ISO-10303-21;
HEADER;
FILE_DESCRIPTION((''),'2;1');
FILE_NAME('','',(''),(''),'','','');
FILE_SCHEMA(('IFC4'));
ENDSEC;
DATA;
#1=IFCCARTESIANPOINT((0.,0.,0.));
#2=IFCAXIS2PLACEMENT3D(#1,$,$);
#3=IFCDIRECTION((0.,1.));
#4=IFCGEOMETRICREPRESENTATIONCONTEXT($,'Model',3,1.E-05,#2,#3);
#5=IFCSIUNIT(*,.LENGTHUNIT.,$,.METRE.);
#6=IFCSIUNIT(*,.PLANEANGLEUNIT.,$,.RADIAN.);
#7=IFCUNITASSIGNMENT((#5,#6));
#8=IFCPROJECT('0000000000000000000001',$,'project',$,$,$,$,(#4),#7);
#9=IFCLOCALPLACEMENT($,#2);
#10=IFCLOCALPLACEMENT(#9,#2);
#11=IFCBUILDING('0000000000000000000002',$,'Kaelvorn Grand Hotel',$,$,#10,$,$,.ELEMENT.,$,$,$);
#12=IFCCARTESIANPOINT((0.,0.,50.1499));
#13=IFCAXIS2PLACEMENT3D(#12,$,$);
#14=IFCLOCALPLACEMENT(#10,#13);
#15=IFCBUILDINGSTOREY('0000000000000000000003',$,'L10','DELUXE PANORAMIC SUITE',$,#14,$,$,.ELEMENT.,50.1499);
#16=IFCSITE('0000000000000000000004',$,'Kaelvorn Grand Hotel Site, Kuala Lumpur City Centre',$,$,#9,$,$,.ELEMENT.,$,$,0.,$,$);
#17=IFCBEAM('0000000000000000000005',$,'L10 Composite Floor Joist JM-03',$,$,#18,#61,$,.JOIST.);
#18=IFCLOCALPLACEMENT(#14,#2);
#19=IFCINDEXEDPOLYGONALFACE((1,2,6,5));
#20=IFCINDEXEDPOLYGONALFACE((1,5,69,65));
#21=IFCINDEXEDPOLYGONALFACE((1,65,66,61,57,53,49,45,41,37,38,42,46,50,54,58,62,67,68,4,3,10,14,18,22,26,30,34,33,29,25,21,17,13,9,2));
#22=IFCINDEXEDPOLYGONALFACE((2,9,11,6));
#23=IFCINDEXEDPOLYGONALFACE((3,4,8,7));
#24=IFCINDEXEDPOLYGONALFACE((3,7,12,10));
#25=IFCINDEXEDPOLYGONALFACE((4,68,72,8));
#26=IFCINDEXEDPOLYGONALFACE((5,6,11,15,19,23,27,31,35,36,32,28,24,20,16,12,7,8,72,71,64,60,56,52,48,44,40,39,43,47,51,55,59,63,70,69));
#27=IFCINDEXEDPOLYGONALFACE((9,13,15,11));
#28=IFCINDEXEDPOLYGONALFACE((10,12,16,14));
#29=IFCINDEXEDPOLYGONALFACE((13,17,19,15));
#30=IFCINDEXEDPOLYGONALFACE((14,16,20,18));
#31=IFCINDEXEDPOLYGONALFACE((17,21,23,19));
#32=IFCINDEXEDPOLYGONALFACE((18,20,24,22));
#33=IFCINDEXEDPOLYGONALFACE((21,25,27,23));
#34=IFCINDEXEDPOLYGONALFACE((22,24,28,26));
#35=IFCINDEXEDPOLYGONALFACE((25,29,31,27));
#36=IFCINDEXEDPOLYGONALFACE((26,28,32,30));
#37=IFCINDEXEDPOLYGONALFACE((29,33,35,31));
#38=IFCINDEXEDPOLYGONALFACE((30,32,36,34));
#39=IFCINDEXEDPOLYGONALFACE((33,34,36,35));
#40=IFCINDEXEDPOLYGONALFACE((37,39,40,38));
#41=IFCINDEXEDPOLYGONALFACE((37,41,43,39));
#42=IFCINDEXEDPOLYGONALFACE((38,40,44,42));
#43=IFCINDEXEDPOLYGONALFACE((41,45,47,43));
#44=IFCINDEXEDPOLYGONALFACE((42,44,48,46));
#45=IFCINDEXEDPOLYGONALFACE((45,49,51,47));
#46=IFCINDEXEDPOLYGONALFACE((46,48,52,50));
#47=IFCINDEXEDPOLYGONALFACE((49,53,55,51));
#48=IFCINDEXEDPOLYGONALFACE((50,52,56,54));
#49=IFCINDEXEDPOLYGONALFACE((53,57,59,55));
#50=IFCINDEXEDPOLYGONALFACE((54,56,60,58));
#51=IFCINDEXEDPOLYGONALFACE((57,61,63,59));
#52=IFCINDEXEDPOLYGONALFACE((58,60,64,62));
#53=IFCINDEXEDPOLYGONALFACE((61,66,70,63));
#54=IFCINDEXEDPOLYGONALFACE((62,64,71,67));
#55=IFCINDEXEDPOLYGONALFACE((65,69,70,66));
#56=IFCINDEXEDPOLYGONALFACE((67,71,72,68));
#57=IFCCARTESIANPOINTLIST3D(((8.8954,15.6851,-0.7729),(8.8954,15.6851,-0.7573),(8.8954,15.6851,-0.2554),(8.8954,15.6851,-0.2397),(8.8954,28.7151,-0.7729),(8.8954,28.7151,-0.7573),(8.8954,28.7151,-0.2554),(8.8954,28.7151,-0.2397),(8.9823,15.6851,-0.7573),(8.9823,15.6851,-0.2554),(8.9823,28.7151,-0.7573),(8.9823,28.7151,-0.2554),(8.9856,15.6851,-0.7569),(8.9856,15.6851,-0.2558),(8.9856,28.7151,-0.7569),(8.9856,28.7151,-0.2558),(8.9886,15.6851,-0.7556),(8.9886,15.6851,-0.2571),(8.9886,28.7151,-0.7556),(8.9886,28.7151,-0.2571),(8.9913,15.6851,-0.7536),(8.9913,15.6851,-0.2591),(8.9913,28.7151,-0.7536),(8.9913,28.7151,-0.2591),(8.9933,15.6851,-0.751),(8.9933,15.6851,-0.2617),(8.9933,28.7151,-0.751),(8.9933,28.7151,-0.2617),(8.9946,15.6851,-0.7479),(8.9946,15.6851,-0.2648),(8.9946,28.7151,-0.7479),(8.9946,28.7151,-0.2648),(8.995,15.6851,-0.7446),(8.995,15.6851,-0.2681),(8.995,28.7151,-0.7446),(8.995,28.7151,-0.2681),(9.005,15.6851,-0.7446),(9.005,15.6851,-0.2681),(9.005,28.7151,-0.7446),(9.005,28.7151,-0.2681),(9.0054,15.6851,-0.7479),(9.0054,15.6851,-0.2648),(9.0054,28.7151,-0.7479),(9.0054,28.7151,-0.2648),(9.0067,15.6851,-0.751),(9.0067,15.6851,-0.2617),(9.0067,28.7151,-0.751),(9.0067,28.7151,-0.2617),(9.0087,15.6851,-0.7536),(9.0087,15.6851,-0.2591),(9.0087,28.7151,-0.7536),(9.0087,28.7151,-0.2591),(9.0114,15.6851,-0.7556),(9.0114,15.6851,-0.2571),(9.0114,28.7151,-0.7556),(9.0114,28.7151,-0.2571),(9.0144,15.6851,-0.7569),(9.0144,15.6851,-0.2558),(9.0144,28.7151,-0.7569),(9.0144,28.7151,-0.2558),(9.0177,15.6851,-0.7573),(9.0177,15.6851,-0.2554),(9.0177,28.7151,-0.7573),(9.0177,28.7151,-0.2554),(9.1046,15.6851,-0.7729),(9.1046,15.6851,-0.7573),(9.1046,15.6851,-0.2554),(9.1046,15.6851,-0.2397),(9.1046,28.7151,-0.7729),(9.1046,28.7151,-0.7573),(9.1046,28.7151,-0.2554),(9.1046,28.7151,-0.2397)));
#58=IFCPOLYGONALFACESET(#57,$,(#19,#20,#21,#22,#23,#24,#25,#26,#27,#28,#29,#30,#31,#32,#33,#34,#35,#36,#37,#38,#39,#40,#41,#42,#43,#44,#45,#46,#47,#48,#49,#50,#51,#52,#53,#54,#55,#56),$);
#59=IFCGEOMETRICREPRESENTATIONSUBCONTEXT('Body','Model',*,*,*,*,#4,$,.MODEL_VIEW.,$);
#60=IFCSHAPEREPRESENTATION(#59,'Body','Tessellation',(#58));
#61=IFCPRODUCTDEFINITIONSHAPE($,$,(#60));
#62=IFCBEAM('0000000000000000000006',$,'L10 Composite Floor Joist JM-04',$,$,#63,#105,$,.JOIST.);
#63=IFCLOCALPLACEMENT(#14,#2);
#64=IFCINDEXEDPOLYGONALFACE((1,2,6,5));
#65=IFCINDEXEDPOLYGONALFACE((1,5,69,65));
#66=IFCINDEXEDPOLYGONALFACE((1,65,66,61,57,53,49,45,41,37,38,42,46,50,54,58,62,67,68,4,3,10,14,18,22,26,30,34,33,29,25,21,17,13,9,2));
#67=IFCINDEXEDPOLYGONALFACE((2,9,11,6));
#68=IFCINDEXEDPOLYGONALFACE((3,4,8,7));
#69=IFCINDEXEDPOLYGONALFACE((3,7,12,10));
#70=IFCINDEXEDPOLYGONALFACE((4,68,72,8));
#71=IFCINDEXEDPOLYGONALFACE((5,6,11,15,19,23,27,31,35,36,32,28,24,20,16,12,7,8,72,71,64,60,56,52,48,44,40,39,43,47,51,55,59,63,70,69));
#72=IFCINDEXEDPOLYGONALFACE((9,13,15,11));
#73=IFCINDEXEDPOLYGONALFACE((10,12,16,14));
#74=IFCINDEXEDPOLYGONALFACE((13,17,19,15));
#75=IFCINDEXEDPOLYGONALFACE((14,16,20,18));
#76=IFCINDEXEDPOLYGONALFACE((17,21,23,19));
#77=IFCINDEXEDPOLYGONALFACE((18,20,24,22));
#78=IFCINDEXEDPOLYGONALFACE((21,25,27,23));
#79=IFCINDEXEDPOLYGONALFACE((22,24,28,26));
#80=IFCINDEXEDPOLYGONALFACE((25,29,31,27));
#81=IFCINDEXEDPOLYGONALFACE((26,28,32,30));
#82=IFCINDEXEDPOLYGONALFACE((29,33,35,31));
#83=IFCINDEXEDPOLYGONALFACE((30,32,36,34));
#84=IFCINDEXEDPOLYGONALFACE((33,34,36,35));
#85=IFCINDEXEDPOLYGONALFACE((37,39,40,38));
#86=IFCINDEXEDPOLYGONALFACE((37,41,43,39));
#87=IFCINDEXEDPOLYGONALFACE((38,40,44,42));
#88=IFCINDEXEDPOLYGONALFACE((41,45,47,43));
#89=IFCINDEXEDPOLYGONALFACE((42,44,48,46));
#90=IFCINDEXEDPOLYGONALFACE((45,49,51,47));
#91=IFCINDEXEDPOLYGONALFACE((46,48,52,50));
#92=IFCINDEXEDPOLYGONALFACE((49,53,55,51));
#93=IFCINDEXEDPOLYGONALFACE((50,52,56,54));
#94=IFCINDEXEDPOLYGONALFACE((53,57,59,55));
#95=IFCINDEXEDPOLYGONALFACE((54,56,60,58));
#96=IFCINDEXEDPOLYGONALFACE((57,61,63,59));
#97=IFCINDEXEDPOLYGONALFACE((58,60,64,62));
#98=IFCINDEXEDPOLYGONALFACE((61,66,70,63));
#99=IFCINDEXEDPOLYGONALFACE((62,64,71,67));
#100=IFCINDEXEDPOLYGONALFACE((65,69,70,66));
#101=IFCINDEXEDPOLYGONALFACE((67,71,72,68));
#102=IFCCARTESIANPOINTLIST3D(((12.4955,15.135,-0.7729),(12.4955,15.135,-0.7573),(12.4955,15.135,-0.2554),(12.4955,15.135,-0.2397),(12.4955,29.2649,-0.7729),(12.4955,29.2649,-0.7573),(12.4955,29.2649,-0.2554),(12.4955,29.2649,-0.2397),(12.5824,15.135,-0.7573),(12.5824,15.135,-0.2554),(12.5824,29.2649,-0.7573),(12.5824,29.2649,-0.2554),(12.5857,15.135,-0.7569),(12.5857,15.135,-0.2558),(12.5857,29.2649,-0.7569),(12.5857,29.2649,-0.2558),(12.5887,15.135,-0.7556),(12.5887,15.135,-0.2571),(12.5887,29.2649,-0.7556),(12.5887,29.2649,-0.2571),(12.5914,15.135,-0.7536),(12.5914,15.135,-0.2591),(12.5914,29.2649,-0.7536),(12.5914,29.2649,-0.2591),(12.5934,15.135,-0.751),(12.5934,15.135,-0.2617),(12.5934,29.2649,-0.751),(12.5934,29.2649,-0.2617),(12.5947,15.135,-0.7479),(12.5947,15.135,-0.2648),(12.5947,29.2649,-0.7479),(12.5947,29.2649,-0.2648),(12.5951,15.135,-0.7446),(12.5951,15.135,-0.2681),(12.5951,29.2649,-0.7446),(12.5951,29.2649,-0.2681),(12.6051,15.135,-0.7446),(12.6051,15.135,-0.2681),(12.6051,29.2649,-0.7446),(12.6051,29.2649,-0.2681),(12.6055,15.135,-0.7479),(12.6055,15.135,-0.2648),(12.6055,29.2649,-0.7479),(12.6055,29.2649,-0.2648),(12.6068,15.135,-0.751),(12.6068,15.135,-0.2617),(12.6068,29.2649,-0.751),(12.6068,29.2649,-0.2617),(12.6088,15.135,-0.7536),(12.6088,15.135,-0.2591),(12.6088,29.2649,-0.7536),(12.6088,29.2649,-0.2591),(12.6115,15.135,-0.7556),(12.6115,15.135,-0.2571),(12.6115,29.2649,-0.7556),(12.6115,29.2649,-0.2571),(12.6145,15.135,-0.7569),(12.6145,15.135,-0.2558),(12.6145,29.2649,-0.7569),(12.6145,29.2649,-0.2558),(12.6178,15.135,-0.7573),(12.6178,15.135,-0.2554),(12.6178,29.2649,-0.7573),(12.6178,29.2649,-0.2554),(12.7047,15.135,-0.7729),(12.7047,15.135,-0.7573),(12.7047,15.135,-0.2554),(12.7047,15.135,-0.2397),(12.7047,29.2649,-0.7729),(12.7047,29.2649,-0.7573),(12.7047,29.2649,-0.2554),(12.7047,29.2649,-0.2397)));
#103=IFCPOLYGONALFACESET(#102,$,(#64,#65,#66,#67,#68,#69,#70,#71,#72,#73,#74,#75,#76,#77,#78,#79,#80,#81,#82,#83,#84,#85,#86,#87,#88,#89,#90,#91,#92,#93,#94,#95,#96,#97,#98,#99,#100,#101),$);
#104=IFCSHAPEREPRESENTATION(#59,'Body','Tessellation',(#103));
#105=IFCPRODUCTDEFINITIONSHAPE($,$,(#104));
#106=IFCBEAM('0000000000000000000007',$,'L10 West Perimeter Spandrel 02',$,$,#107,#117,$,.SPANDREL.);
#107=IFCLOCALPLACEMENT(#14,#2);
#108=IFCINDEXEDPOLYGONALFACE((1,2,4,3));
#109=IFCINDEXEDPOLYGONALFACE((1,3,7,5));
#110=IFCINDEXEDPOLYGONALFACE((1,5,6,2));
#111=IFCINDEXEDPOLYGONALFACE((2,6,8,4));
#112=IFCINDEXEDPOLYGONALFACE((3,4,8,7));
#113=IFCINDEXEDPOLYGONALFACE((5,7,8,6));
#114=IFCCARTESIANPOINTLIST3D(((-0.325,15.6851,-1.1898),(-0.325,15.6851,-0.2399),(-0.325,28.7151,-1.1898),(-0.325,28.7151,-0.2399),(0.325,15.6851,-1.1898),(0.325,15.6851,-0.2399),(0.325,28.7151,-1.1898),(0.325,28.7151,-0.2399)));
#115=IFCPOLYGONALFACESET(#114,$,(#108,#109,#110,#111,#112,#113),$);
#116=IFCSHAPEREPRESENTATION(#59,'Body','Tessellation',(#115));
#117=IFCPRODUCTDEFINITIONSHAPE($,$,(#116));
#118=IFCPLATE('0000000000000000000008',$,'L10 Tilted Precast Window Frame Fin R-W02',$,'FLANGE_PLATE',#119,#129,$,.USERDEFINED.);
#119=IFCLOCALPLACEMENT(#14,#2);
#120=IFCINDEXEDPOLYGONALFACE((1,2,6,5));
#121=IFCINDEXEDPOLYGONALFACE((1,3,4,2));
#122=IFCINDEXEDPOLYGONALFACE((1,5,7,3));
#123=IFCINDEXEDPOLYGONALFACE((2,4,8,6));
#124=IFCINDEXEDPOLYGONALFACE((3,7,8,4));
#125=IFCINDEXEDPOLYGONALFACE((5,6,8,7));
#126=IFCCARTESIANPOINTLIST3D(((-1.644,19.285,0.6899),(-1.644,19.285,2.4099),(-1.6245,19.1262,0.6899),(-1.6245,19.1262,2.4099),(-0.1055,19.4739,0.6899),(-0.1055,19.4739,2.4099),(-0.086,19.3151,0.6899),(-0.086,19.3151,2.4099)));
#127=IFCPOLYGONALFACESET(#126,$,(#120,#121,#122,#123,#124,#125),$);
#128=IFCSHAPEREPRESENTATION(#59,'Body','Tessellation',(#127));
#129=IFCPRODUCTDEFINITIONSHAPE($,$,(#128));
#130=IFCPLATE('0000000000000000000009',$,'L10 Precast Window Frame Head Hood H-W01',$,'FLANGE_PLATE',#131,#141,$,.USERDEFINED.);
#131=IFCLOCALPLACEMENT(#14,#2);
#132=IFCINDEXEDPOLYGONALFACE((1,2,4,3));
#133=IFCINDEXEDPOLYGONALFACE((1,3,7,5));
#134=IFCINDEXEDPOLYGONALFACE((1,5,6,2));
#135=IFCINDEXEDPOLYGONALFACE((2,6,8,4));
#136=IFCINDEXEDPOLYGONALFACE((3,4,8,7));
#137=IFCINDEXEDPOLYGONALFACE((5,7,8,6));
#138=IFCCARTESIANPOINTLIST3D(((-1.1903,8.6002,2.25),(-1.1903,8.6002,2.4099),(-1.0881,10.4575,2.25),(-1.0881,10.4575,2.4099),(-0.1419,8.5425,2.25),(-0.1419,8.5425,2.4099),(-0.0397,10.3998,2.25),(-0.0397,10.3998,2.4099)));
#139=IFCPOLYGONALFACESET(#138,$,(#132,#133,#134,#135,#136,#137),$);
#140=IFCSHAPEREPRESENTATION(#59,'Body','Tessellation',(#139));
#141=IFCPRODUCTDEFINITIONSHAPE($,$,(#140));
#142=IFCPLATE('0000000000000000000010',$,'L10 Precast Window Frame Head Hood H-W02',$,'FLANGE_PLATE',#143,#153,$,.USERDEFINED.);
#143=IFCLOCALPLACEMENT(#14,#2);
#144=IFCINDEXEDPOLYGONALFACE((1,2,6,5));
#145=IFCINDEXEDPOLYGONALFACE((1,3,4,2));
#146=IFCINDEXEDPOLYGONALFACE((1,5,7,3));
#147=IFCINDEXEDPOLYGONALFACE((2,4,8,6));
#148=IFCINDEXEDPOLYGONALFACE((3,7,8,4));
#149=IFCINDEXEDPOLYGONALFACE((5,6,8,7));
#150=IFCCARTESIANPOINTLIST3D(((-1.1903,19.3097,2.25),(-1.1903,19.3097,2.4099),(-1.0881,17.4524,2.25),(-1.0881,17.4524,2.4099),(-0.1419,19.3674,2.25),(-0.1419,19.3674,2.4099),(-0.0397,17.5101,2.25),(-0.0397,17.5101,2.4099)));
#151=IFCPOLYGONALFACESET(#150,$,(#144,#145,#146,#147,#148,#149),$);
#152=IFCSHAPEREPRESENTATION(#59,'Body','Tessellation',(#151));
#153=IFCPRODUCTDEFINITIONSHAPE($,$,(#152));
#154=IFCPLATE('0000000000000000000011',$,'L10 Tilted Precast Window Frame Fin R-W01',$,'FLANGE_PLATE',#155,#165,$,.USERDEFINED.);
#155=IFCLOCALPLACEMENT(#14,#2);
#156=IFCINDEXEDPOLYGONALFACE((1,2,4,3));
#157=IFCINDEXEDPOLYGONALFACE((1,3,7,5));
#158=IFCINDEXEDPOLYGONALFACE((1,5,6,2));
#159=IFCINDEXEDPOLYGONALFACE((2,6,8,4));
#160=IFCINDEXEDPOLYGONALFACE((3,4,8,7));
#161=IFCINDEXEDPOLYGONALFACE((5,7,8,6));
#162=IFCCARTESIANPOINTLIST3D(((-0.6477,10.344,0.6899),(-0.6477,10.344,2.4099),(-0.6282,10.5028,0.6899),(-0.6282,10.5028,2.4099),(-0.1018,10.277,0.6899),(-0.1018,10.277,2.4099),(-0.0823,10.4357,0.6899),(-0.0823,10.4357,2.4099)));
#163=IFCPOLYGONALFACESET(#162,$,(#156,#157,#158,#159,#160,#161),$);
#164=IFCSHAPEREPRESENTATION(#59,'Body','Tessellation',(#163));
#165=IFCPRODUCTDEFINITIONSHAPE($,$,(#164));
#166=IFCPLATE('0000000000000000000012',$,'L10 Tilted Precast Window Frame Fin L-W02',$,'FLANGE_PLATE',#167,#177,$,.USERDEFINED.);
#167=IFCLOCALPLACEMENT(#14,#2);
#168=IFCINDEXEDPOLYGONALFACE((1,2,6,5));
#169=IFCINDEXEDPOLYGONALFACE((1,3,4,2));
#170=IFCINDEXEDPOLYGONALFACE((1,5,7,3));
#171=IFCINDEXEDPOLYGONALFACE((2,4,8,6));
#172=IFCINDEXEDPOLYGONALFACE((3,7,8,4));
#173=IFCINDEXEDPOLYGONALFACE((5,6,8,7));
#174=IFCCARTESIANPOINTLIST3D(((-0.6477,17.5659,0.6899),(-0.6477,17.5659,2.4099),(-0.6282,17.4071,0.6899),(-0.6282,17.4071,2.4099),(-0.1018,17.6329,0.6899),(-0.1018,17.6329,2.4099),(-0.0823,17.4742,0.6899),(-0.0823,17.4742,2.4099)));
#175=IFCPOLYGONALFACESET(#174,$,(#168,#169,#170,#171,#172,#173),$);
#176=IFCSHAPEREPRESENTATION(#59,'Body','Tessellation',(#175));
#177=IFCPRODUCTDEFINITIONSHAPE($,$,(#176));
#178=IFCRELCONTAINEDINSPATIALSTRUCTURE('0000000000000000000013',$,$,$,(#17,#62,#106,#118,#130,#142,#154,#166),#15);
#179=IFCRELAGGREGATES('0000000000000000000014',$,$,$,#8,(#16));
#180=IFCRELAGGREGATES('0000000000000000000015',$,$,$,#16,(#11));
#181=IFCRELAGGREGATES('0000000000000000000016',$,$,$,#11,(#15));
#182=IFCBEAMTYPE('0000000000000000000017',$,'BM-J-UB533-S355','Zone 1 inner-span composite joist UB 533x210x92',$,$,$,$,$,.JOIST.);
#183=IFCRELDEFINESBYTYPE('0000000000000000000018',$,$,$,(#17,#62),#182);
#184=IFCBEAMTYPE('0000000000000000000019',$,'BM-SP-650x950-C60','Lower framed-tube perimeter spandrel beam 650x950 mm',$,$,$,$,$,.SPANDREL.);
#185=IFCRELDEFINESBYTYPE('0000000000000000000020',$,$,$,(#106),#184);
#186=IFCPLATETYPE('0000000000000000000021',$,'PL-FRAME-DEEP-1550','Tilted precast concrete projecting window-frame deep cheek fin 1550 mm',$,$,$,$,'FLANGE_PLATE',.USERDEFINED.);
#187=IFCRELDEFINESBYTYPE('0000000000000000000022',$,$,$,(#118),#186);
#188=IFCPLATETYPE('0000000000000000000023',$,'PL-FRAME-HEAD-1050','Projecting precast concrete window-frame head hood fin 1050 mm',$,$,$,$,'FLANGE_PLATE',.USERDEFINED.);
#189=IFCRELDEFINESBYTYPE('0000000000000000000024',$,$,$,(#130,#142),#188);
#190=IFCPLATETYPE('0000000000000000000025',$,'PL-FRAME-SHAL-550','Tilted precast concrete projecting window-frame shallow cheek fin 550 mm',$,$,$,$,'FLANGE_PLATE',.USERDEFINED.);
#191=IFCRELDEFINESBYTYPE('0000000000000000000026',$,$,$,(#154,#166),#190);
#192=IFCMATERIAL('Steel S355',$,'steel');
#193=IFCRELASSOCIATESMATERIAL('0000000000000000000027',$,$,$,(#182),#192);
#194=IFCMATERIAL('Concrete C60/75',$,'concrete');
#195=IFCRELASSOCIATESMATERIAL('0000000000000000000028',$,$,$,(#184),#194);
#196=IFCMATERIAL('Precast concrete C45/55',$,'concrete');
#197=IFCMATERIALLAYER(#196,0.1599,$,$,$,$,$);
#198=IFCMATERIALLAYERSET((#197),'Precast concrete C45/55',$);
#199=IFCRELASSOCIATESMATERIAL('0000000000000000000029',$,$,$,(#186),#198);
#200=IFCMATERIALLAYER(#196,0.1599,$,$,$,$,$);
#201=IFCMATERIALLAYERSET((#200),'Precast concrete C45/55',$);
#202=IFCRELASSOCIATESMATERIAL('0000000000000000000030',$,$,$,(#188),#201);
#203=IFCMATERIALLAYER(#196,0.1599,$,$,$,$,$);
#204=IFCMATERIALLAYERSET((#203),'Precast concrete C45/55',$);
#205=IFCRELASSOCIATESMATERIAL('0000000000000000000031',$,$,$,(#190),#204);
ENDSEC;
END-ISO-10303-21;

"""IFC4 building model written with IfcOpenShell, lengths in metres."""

from ifc_helpers import new_model, si_unit, direction, frame, origin, origin_2d, place, context, subcontext, project, spatial, rectangle, i_section, extrude, material, layer, layer_set, material_profile, profile_set, type_object, element, save


model = new_model("IFC4")

# Units and contexts
model_context = context("Model", 3, precision=1e-05, world=origin(), true_north=direction((0.0, 1.0)))
body_context = subcontext(model_context, "Body", "Model", "MODEL_VIEW")
ifc_project = project(units=[si_unit("LENGTHUNIT", "METRE"), si_unit("PLANEANGLEUNIT", "RADIAN")], contexts=[model_context])

# Site, building, storey
site_placement = place(None, origin())
site = spatial("IfcSite", under=ifc_project, at=site_placement, Name="Kaelvorn Grand Hotel Site, Kuala Lumpur City Centre", CompositionType="ELEMENT", RefElevation=0.0)
building_placement = place(site_placement, origin())
building = spatial("IfcBuilding", under=site, at=building_placement, Name="Kaelvorn Grand Hotel", CompositionType="ELEMENT")
storey_placement = place(building_placement, frame((0.0, 0.0, 50.1499)))
storey = spatial("IfcBuildingStorey", under=building, at=storey_placement, Name="L10", Description="DELUXE PANORAMIC SUITE", CompositionType="ELEMENT", Elevation=50.1499)

# Beams
ifc_material_1 = material(Name="Steel S355", Category="steel")
ifc_material_profile_1 = material_profile(ifc_material_1, i_section(OverallWidth=0.2092, OverallDepth=0.5332, WebThickness=0.01, FlangeThickness=0.0156, FilletRadius=0.0127, at=origin_2d()), Name="UB 533x210x92")
ifc_profile_set_1 = profile_set([ifc_material_profile_1], Name="Steel S355")
beam_type_1 = type_object("IfcBeamType", Name="BM-J-UB533-S355", Description="Zone 1 inner-span composite joist UB 533x210x92", PredefinedType="JOIST", material=ifc_profile_set_1)
beam_1_placement = place(storey_placement, frame((9.0, 15.6851, -0.5063), z_axis=(0.0, 1.0, 0.0), x_axis=(-1.0, 0.0, 0.0)))
element("IfcBeam", 1, at=beam_1_placement, inside=storey, type_object=beam_type_1, Name="L10 Composite Floor Joist JM-03", PredefinedType="JOIST", context=body_context, shape_type="SweptSolid", body=[
    extrude(i_section(OverallWidth=0.2092, OverallDepth=0.5332, WebThickness=0.01, FlangeThickness=0.0156, FilletRadius=0.0127, at=origin_2d()), origin(), (0.0, 0.0, 1.0), 13.03),
])
beam_2_placement = place(storey_placement, frame((12.6001, 15.135, -0.5063), z_axis=(0.0, 1.0, 0.0), x_axis=(-1.0, 0.0, 0.0)))
element("IfcBeam", 2, at=beam_2_placement, inside=storey, type_object=beam_type_1, Name="L10 Composite Floor Joist JM-04", PredefinedType="JOIST", context=body_context, shape_type="SweptSolid", body=[
    extrude(i_section(OverallWidth=0.2092, OverallDepth=0.5332, WebThickness=0.01, FlangeThickness=0.0156, FilletRadius=0.0127, at=origin_2d()), origin(), (0.0, 0.0, 1.0), 14.1299),
])
ifc_material_2 = material(Name="Concrete C60/75", Category="concrete")
ifc_material_profile_2 = material_profile(ifc_material_2, rectangle(XDim=0.6499, YDim=0.95, at=origin_2d()), Name="RC SPANDREL 650x950")
ifc_profile_set_2 = profile_set([ifc_material_profile_2], Name="Concrete C60/75")
beam_type_2 = type_object("IfcBeamType", Name="BM-SP-650x950-C60", Description="Lower framed-tube perimeter spandrel beam 650x950 mm", PredefinedType="SPANDREL", material=ifc_profile_set_2)
beam_3_placement = place(storey_placement, frame((0.0, 15.6851, -0.7148), z_axis=(0.0, 1.0, 0.0), x_axis=(-1.0, 0.0, 0.0)))
element("IfcBeam", 3, at=beam_3_placement, inside=storey, type_object=beam_type_2, Name="L10 West Perimeter Spandrel 02", PredefinedType="SPANDREL", context=body_context, shape_type="SweptSolid", body=[
    extrude(rectangle(XDim=0.6499, YDim=0.95, at=origin_2d()), origin(), (0.0, 0.0, 1.0), 13.03),
])

# Plates
ifc_material_3 = material(Name="Precast concrete C45/55", Category="concrete")
ifc_layer_1 = layer(ifc_material_3, 0.1599)
ifc_layer_set_1 = layer_set([ifc_layer_1], Name="Precast concrete C45/55")
plate_type_1 = type_object("IfcPlateType", Name="PL-FRAME-DEEP-1550", Description="Tilted precast concrete projecting window-frame deep cheek fin 1550 mm", ElementType="FLANGE_PLATE", PredefinedType="USERDEFINED", material=ifc_layer_set_1)
plate_placement = place(storey_placement, frame((-0.865, 19.3, 0.6899), z_axis=(0.0, 0.0, 1.0), x_axis=(-0.121869, 0.992546, 0.0)))
element("IfcPlate", 4, at=plate_placement, inside=storey, type_object=plate_type_1, Name="L10 Tilted Precast Window Frame Fin R-W02", ObjectType="FLANGE_PLATE", PredefinedType="USERDEFINED", context=body_context, shape_type="SweptSolid", body=[
    extrude(rectangle(XDim=0.1599, YDim=1.55, at=origin_2d()), origin(), (0.0, 0.0, 1.0), 1.72),
])
ifc_layer_2 = layer(ifc_material_3, 0.1599)
ifc_layer_set_2 = layer_set([ifc_layer_2], Name="Precast concrete C45/55")
plate_type_2 = type_object("IfcPlateType", Name="PL-FRAME-HEAD-1050", Description="Projecting precast concrete window-frame head hood fin 1050 mm", ElementType="FLANGE_PLATE", PredefinedType="USERDEFINED", material=ifc_layer_set_2)
for number, where, z_axis, x_axis, name in (
    (5, (-0.615, 9.5, 2.25), (0.0, 0.0, 1.0), (0.05495, 0.998489, 0.0), "L10 Precast Window Frame Head Hood H-W01"),
    (6, (-0.615, 18.4099, 2.25), (0.0, 0.0, 1.0), (-0.05495, 0.998489, 0.0), "L10 Precast Window Frame Head Hood H-W02"),
):
    element("IfcPlate", number, at=place(storey_placement, frame(where, z_axis=z_axis, x_axis=x_axis)), inside=storey, type_object=plate_type_2, Name=name, ObjectType="FLANGE_PLATE", PredefinedType="USERDEFINED", context=body_context, shape_type="SweptSolid", body=[
        extrude(rectangle(XDim=1.8601, YDim=1.05, at=origin_2d()), origin(), (0.0, 0.0, 1.0), 0.1599),
    ])
ifc_layer_3 = layer(ifc_material_3, 0.1599)
ifc_layer_set_3 = layer_set([ifc_layer_3], Name="Precast concrete C45/55")
plate_type_3 = type_object("IfcPlateType", Name="PL-FRAME-SHAL-550", Description="Tilted precast concrete projecting window-frame shallow cheek fin 550 mm", ElementType="FLANGE_PLATE", PredefinedType="USERDEFINED", material=ifc_layer_set_3)
for number, where, z_axis, x_axis, name in (
    (7, (-0.365, 10.3899, 0.6899), (0.0, 0.0, 1.0), (0.121869, 0.992546, 0.0), "L10 Tilted Precast Window Frame Fin R-W01"),
    (8, (-0.365, 17.52, 0.6899), (0.0, 0.0, 1.0), (-0.121869, 0.992546, 0.0), "L10 Tilted Precast Window Frame Fin L-W02"),
):
    element("IfcPlate", number, at=place(storey_placement, frame(where, z_axis=z_axis, x_axis=x_axis)), inside=storey, type_object=plate_type_3, Name=name, ObjectType="FLANGE_PLATE", PredefinedType="USERDEFINED", context=body_context, shape_type="SweptSolid", body=[
        extrude(rectangle(XDim=0.1599, YDim=0.55, at=origin_2d()), origin(), (0.0, 0.0, 1.0), 1.72),
    ])

save(model, "model.ifc")
